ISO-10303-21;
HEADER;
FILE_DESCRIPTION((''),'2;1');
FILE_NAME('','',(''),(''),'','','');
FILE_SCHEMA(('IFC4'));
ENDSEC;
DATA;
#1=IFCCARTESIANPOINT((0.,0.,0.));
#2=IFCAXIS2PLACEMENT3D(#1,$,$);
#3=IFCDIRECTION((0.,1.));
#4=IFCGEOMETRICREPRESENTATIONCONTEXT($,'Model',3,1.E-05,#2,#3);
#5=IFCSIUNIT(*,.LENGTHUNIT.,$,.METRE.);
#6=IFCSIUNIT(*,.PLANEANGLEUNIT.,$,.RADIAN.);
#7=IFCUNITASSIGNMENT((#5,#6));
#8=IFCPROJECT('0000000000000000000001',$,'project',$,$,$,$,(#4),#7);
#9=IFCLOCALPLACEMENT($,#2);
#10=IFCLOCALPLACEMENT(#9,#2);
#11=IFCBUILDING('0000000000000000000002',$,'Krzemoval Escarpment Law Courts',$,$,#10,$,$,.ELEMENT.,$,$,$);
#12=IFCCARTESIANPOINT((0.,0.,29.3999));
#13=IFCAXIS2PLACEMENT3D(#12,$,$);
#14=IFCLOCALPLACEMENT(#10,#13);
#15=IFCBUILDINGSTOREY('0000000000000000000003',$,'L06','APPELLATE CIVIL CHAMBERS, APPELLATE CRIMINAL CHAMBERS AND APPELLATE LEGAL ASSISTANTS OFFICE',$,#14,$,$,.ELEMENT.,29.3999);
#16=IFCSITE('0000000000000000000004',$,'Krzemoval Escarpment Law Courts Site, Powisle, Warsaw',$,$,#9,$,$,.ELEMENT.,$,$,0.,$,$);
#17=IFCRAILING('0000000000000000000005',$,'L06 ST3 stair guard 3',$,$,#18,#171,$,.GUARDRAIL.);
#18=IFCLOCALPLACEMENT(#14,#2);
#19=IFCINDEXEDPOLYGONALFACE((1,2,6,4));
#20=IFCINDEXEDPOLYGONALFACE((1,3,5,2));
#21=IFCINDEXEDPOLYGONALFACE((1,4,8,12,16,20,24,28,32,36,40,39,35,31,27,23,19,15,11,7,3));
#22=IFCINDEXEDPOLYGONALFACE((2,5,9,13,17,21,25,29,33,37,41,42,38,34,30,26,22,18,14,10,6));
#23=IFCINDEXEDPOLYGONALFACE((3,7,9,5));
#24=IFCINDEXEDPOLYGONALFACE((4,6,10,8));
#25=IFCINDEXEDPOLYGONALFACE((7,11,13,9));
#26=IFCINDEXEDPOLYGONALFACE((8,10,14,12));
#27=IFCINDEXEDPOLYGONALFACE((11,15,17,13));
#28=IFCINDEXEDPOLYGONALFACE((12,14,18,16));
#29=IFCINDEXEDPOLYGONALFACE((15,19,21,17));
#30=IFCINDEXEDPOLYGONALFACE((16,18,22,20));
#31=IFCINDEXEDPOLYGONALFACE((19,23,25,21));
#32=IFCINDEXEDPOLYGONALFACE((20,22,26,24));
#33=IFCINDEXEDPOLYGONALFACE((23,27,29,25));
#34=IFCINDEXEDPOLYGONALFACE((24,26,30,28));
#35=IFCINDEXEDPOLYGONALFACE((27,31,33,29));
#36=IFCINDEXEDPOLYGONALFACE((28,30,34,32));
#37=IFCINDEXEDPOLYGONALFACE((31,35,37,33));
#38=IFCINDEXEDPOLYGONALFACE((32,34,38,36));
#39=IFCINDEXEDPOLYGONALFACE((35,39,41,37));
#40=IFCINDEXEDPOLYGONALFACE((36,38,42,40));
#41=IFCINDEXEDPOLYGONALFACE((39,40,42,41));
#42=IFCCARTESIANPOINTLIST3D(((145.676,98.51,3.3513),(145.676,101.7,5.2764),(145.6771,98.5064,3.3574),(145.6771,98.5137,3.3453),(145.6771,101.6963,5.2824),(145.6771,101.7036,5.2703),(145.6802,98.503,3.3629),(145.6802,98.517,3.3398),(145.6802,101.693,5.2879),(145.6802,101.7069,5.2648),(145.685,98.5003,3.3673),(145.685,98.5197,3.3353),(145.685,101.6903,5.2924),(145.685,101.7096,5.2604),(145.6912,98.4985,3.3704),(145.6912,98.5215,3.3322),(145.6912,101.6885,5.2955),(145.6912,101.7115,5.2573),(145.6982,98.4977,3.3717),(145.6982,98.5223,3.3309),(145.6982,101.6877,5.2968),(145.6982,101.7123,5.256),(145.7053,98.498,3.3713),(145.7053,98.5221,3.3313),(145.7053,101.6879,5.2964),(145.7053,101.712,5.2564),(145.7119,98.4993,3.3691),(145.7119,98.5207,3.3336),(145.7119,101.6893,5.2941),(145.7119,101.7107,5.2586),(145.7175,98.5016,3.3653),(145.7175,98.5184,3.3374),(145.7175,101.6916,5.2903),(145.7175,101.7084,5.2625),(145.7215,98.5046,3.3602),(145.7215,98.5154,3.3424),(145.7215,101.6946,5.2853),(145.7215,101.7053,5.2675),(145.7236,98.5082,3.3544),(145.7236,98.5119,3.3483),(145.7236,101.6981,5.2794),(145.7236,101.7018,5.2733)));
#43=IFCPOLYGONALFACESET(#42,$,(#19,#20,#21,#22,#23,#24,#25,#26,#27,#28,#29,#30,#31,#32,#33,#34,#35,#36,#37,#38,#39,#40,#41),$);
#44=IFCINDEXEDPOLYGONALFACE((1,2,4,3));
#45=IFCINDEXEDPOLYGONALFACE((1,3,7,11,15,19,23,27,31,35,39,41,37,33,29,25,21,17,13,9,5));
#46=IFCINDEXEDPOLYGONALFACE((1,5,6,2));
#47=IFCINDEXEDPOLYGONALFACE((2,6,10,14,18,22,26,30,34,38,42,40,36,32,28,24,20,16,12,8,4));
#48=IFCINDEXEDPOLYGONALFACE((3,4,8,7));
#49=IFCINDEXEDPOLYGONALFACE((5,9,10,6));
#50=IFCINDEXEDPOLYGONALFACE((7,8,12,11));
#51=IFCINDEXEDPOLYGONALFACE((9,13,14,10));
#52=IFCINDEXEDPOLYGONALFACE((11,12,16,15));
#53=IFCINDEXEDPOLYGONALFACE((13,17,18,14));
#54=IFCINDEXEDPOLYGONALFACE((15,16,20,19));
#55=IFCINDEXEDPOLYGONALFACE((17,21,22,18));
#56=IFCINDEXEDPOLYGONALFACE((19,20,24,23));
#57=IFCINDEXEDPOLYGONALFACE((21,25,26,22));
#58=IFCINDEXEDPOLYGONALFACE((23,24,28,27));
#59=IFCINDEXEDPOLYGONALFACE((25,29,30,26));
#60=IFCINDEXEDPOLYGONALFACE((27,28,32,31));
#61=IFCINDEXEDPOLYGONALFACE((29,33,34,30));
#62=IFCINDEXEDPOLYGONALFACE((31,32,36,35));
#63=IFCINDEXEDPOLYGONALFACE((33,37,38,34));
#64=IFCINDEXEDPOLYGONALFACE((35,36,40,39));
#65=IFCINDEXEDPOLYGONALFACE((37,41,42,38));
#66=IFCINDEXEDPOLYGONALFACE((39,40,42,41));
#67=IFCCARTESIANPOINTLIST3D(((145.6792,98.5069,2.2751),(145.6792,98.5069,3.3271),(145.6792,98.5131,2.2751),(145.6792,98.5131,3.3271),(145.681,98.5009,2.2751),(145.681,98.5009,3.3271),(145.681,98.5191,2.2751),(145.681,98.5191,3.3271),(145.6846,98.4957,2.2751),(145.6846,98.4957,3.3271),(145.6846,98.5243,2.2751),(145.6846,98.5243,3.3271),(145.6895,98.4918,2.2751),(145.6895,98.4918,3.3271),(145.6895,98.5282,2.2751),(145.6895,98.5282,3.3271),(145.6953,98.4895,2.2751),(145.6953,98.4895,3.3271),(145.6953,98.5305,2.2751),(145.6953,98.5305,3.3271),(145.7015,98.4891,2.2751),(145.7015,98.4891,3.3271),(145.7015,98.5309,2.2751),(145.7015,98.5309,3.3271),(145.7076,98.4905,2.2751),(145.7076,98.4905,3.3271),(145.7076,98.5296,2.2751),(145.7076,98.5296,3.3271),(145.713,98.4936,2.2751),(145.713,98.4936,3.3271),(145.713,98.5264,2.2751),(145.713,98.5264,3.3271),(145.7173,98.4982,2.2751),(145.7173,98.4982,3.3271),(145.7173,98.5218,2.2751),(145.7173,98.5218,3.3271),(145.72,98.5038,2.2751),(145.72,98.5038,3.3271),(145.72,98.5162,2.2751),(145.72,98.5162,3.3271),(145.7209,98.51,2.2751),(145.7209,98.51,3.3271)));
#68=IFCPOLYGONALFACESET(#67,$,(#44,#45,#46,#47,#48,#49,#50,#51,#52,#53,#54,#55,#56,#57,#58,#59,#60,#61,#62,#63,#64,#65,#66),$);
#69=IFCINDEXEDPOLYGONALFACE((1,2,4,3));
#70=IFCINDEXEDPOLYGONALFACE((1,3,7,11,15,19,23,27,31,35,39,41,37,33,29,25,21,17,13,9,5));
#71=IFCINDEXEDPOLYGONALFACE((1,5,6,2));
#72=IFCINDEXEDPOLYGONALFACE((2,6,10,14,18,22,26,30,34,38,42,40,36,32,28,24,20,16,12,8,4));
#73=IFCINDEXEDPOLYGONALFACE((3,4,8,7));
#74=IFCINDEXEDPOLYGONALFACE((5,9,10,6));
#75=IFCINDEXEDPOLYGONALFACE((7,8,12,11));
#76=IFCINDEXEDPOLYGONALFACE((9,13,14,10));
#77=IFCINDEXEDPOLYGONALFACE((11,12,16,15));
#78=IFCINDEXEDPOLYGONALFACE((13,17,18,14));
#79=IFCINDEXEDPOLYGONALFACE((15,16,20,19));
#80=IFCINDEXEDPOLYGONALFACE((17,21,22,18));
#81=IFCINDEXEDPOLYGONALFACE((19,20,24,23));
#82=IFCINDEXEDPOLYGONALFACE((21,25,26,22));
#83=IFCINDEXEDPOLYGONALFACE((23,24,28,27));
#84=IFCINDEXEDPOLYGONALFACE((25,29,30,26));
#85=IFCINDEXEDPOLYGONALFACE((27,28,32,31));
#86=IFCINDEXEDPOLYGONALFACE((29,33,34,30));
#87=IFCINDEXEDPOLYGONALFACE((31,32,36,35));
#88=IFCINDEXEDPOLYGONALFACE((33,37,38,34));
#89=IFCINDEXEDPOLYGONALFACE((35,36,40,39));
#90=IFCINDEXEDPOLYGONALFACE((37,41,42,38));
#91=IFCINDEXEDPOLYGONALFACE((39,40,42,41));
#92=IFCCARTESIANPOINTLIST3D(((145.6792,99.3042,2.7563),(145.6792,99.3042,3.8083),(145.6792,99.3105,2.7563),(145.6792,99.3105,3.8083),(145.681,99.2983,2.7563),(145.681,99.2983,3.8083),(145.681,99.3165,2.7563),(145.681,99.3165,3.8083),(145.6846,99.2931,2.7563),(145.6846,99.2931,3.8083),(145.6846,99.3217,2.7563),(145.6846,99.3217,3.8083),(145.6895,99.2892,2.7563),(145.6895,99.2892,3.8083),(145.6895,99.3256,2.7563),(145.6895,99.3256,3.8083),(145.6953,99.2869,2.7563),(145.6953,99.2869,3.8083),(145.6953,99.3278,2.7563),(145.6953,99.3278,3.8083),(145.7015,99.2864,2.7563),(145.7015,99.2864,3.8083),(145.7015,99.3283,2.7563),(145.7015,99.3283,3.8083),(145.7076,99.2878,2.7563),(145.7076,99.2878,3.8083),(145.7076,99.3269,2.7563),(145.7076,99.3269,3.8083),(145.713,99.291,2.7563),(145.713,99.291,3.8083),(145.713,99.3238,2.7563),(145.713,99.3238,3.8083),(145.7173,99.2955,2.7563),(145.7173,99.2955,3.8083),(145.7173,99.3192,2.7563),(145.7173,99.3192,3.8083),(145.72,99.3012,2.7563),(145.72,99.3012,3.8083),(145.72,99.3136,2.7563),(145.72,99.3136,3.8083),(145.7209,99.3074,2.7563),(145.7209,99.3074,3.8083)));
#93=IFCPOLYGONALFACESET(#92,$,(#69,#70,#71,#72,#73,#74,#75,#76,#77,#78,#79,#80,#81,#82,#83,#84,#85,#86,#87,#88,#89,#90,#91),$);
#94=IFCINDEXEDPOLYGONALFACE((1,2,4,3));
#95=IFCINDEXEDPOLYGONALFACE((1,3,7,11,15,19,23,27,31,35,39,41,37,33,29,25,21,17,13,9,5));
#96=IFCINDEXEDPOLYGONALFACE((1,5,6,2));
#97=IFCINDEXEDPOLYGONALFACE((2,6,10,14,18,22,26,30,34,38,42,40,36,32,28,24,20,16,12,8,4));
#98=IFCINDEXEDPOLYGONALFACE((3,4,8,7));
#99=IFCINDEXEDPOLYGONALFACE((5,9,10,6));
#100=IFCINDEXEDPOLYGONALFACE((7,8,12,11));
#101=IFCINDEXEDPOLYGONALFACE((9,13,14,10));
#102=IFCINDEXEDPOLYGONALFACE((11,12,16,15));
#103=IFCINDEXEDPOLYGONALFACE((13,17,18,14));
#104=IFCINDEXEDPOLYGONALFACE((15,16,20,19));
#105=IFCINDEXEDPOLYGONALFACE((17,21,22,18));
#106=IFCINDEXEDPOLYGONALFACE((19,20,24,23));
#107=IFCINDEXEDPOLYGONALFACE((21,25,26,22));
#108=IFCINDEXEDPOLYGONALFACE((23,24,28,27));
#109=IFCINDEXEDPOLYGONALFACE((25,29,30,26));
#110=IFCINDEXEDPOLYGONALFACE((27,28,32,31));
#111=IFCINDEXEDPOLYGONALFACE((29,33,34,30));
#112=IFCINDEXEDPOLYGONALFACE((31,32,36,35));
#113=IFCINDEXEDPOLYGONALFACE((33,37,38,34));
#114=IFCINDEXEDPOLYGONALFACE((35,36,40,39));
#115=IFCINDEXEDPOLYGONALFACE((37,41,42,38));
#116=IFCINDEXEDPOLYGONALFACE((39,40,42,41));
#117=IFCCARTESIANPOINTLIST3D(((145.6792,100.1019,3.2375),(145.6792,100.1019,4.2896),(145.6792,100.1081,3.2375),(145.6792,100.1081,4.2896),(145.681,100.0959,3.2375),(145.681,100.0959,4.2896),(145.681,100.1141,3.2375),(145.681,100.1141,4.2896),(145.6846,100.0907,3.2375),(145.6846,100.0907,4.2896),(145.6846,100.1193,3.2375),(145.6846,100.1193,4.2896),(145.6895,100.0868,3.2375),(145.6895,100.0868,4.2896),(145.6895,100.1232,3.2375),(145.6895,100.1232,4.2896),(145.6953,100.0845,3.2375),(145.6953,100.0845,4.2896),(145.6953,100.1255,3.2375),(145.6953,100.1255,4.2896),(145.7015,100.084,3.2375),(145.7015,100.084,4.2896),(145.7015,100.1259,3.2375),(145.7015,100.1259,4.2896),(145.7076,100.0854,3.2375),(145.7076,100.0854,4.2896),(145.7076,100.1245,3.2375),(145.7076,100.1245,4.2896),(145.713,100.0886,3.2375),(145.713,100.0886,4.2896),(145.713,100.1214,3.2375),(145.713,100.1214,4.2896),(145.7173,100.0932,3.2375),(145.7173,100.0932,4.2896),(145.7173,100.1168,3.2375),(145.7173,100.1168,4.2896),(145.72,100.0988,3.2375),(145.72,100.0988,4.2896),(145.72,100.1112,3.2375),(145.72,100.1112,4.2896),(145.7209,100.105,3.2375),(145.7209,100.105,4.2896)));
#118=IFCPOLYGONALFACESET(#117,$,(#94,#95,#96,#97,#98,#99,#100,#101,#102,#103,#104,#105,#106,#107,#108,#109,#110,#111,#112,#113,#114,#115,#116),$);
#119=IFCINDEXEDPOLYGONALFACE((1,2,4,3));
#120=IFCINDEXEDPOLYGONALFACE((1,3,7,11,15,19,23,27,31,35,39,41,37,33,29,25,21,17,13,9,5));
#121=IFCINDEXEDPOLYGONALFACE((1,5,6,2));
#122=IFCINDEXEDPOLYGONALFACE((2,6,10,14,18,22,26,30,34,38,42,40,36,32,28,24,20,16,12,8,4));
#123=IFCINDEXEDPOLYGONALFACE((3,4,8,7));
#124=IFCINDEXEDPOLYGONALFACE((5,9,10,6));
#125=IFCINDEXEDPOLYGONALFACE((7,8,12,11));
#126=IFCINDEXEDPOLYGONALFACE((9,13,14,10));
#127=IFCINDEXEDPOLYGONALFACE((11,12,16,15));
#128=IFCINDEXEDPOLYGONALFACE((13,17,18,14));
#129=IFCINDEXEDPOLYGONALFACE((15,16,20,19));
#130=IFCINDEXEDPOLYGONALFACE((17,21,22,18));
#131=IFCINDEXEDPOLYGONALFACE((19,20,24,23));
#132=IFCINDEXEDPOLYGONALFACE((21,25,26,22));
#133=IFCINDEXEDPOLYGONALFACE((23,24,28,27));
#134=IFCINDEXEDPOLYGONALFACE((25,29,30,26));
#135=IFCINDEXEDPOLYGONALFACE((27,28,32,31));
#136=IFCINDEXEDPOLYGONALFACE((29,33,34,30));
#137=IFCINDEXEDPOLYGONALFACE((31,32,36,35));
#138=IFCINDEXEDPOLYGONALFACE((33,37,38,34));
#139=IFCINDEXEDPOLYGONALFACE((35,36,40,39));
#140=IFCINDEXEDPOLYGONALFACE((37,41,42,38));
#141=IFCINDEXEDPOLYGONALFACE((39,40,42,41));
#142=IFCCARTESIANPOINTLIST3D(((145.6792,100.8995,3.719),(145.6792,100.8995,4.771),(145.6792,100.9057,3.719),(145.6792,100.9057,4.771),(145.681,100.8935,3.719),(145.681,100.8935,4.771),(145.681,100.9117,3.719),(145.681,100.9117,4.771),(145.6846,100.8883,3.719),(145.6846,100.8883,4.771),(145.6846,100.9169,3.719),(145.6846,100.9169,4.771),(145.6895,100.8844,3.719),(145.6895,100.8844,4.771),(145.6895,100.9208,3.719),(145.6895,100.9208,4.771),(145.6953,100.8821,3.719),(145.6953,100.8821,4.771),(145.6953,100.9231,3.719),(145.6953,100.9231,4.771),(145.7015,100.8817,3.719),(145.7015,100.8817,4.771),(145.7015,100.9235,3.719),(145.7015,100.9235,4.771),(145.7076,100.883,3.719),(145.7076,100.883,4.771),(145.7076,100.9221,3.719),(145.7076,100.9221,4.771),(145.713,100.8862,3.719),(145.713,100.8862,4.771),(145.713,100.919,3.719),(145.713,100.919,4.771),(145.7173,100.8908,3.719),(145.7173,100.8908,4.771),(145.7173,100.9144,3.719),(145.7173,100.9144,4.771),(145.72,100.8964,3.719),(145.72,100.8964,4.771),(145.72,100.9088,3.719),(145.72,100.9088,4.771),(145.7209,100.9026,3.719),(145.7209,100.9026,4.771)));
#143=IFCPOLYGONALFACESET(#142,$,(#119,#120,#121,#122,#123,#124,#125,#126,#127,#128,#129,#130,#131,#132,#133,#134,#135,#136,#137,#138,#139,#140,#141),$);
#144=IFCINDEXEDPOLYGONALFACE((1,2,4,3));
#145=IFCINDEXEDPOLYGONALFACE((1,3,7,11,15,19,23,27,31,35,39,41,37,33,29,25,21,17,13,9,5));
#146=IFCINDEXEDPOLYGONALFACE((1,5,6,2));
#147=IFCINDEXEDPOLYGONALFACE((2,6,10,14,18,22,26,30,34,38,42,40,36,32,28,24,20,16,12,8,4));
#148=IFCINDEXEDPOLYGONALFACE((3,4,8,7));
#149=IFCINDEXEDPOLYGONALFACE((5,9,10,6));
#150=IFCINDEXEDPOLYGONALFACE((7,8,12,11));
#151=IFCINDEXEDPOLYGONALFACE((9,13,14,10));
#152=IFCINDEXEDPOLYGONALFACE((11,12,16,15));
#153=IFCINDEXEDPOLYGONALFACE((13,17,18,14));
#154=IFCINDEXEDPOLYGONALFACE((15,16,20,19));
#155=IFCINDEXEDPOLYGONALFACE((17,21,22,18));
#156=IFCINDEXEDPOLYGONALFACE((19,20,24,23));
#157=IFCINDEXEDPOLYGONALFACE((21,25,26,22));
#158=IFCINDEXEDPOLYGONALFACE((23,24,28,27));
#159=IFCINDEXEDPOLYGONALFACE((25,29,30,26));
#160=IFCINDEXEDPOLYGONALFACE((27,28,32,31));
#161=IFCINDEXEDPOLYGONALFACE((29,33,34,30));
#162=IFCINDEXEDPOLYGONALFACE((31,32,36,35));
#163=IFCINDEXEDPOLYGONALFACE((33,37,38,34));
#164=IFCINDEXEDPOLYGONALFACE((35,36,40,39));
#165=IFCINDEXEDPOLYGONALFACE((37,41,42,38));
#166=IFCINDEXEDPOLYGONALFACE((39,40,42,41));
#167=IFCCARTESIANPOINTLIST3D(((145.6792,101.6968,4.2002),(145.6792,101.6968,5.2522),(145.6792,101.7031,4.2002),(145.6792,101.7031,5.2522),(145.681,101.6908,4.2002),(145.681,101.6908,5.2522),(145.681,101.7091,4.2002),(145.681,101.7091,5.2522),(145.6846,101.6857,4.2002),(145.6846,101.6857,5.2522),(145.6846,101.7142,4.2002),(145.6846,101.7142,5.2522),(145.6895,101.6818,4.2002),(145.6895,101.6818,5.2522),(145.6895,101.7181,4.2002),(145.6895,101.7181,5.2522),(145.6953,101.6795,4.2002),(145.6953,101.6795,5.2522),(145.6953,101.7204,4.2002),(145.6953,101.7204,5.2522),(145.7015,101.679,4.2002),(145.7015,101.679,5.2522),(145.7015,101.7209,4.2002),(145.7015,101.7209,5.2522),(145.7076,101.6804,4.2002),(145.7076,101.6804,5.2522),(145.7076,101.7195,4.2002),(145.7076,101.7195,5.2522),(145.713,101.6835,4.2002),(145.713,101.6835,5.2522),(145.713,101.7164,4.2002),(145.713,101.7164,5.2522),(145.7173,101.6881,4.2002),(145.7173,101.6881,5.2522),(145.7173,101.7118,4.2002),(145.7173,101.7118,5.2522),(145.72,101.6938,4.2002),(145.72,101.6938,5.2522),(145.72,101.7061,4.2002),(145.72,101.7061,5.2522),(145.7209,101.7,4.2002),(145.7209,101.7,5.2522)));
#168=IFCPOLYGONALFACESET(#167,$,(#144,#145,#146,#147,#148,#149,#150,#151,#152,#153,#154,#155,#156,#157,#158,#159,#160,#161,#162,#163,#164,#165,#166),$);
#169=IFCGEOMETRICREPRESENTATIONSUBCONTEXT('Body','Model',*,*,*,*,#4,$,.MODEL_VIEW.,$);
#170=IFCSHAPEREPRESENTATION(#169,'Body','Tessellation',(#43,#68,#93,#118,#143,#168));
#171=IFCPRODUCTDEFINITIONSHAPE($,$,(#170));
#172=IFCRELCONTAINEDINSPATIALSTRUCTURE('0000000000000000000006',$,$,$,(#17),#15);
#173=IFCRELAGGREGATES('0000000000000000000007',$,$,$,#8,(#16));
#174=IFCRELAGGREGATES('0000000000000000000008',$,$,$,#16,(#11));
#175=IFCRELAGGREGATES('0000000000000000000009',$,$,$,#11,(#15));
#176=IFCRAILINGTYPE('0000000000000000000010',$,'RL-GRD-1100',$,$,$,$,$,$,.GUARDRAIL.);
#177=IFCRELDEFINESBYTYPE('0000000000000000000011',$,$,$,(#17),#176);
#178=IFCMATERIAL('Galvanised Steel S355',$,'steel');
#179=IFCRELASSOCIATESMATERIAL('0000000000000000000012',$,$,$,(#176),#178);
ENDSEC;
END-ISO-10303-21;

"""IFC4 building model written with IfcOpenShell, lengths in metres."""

from ifc_helpers import new_model, si_unit, direction, frame, origin, origin_2d, place, context, subcontext, project, spatial, circle, extrude, material, type_object, element, save


model = new_model("IFC4")

# Units and contexts
model_context = context("Model", 3, precision=1e-05, world=origin(), true_north=direction((0.0, 1.0)))
body_context = subcontext(model_context, "Body", "Model", "MODEL_VIEW")
ifc_project = project(units=[si_unit("LENGTHUNIT", "METRE"), si_unit("PLANEANGLEUNIT", "RADIAN")], contexts=[model_context])

# Site, building, storey
site_placement = place(None, origin())
site = spatial("IfcSite", under=ifc_project, at=site_placement, Name="Krzemoval Escarpment Law Courts Site, Powisle, Warsaw", CompositionType="ELEMENT", RefElevation=0.0)
building_placement = place(site_placement, origin())
building = spatial("IfcBuilding", under=site, at=building_placement, Name="Krzemoval Escarpment Law Courts", CompositionType="ELEMENT")
storey_placement = place(building_placement, frame((0.0, 0.0, 29.3999)))
storey = spatial("IfcBuildingStorey", under=building, at=storey_placement, Name="L06", Description="APPELLATE CIVIL CHAMBERS, APPELLATE CRIMINAL CHAMBERS AND APPELLATE LEGAL ASSISTANTS OFFICE", CompositionType="ELEMENT", Elevation=29.3999)

# Railing
ifc_material_1 = material(Name="Galvanised Steel S355", Category="steel")
railing_type_1 = type_object("IfcRailingType", Name="RL-GRD-1100", PredefinedType="GUARDRAIL", material=ifc_material_1)
railing_placement = place(storey_placement, frame((145.7, 98.51, 2.2751)))
element("IfcRailing", 1, at=railing_placement, inside=storey, type_object=railing_type_1, Name="L06 ST3 stair guard 3", PredefinedType="GUARDRAIL", context=body_context, shape_type="SweptSolid", body=[
    extrude(circle(Radius=0.0239, at=origin_2d()), frame((0.0, 0.0, 1.0762), z_axis=(0.0, 0.856178, 0.516682), x_axis=(-1.0, 0.0, 0.0)), (0.0, 0.0, 1.0), 3.7258),
    extrude(circle(Radius=0.021, at=origin_2d()), origin(), (0.0, 0.0, 1.0), 1.052),
    extrude(circle(Radius=0.021, at=origin_2d()), frame((0.0, 0.7974, 0.4812)), (0.0, 0.0, 1.0), 1.052),
    extrude(circle(Radius=0.021, at=origin_2d()), frame((0.0, 1.595, 0.9624)), (0.0, 0.0, 1.0), 1.052),
    extrude(circle(Radius=0.021, at=origin_2d()), frame((0.0, 2.3926, 1.4438)), (0.0, 0.0, 1.0), 1.052),
    extrude(circle(Radius=0.021, at=origin_2d()), frame((0.0, 3.1899, 1.925)), (0.0, 0.0, 1.0), 1.052),
])

save(model, "model.ifc")
